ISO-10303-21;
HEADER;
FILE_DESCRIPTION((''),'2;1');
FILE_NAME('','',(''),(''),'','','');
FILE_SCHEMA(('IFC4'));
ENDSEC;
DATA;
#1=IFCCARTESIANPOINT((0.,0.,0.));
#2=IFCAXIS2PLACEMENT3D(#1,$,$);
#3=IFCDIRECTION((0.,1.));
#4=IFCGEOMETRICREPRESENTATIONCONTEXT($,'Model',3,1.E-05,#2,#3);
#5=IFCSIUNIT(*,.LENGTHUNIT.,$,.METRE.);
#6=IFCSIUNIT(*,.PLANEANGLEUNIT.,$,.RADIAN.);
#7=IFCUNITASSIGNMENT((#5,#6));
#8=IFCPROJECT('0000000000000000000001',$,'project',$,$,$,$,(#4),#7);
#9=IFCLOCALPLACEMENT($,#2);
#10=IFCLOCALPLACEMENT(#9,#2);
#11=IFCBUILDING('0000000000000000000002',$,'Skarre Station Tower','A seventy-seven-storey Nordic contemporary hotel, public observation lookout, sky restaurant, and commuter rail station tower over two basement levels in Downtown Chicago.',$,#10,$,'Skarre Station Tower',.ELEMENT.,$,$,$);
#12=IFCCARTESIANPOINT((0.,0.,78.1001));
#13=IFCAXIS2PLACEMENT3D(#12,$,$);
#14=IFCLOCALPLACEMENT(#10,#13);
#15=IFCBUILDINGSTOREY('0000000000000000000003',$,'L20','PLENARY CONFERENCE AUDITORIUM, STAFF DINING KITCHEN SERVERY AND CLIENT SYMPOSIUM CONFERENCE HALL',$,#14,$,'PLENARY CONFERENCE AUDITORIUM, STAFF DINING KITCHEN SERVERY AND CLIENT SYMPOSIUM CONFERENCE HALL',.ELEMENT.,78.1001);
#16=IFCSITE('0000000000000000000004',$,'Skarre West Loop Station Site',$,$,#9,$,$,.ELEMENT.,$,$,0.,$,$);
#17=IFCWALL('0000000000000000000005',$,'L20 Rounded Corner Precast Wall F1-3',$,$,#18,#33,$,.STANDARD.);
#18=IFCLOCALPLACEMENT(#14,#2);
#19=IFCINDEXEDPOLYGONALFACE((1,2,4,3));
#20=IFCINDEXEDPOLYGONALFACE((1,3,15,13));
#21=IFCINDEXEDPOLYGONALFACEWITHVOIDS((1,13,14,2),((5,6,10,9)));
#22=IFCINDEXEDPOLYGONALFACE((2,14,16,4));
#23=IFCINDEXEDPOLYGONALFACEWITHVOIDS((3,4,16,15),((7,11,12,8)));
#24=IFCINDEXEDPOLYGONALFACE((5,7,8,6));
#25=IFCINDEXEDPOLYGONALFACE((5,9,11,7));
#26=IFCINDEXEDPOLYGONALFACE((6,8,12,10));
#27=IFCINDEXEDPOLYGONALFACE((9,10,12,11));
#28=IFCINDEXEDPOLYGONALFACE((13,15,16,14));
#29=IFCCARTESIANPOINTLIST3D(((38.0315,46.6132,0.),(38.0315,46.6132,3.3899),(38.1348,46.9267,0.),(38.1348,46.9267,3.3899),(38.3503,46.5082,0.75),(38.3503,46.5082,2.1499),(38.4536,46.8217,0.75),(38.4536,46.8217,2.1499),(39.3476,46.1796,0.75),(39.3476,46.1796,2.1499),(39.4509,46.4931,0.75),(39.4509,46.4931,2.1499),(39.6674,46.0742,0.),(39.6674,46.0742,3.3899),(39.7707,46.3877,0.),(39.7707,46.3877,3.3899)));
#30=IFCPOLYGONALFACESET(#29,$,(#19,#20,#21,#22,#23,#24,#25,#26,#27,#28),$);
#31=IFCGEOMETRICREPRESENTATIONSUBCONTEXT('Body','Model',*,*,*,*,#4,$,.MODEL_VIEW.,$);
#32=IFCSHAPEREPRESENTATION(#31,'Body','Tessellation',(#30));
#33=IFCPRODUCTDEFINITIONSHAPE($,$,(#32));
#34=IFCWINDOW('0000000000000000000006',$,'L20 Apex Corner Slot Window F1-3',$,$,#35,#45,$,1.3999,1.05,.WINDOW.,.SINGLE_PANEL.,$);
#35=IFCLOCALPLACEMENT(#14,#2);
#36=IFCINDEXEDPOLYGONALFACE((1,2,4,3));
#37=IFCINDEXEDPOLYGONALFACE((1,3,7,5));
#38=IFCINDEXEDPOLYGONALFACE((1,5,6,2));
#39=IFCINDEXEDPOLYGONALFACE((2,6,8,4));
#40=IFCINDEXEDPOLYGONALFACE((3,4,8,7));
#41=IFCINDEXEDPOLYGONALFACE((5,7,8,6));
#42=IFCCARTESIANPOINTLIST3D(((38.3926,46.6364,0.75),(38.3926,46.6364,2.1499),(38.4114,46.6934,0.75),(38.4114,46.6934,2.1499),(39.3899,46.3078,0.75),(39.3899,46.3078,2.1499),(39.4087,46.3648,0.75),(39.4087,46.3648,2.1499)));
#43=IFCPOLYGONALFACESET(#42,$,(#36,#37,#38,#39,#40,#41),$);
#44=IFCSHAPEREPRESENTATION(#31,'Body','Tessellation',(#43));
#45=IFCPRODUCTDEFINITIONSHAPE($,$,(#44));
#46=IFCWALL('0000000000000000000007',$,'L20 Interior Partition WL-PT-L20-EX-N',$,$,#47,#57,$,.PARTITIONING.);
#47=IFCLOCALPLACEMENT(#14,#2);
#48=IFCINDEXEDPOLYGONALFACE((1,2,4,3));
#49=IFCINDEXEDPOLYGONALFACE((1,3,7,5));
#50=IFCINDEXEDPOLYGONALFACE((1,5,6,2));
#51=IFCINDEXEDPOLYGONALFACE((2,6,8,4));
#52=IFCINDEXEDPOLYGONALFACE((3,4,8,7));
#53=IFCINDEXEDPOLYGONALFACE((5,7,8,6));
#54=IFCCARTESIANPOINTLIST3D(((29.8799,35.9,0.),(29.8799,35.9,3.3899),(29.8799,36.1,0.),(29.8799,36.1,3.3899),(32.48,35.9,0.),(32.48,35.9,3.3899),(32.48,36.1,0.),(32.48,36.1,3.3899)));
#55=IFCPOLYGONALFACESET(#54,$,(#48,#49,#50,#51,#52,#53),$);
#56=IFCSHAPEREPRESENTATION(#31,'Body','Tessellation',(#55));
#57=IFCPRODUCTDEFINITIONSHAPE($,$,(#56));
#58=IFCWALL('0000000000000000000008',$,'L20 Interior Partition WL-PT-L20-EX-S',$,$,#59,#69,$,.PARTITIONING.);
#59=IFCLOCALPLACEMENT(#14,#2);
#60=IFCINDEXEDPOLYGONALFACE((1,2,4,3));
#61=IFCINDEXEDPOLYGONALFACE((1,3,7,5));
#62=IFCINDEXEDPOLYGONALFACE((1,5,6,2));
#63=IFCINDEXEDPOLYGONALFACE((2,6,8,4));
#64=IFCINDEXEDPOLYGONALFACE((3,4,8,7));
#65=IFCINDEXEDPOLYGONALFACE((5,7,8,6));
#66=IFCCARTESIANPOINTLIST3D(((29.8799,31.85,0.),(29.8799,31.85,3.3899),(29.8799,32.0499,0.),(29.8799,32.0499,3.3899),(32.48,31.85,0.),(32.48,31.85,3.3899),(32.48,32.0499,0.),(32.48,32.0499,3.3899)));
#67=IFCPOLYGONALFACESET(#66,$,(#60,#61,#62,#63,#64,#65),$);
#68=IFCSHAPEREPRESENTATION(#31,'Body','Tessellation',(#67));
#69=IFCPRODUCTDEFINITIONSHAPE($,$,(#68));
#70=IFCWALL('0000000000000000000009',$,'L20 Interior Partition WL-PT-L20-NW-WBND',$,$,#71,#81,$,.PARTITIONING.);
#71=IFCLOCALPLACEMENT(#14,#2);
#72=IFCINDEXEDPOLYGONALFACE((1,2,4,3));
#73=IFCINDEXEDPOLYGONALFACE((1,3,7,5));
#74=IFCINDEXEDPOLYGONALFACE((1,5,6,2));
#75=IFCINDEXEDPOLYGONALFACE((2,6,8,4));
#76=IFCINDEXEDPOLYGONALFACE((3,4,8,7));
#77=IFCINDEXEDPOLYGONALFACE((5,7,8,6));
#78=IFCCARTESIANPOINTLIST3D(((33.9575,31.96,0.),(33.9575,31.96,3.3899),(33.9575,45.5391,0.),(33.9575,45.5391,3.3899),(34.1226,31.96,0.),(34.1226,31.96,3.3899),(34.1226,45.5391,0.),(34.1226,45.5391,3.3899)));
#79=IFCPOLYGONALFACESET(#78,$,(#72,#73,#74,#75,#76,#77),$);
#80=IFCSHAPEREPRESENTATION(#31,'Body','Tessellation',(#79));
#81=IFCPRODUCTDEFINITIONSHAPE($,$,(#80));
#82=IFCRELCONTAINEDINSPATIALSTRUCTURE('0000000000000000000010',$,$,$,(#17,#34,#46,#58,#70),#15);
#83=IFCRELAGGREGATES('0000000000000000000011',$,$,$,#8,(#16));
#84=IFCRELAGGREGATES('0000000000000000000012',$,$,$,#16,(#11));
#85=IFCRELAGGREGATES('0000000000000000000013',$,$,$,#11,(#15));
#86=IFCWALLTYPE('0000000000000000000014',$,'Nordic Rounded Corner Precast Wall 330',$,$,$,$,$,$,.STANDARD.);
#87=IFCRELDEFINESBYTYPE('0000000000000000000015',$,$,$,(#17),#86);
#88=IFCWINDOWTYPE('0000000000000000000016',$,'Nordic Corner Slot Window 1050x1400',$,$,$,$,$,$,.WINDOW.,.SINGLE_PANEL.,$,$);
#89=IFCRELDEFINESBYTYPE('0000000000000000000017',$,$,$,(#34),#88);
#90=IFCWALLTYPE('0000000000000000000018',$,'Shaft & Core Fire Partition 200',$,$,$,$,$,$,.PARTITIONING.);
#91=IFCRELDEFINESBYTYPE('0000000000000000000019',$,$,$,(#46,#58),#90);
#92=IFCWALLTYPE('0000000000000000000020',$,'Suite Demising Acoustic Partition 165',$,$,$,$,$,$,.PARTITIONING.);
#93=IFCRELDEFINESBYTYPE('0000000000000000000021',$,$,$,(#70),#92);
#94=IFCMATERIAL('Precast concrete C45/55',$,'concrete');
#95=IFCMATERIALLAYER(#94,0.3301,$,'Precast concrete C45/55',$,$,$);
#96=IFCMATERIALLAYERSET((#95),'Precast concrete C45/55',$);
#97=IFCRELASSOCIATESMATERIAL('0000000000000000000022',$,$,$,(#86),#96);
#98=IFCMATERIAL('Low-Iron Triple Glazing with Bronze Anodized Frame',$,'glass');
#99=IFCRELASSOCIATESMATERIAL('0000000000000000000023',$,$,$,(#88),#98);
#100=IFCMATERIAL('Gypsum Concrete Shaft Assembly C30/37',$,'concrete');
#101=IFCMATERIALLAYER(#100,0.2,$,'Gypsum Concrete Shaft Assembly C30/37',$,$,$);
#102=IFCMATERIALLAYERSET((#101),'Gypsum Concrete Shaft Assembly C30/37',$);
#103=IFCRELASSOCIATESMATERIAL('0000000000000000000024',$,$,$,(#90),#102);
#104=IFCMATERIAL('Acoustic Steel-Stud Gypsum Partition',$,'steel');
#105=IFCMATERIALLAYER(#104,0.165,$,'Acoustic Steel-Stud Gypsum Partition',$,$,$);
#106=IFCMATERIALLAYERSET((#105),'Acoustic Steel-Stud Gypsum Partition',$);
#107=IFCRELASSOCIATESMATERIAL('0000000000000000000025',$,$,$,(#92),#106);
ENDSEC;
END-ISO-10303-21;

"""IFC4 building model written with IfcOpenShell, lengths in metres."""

from ifc_helpers import new_model, si_unit, direction, frame, frame_2d, origin, place, context, subcontext, project, spatial, rectangle, extrude, material, layer, layer_set, type_object, element, fill, save


model = new_model("IFC4")

# Units and contexts
model_context = context("Model", 3, precision=1e-05, world=origin(), true_north=direction((0.0, 1.0)))
body_context = subcontext(model_context, "Body", "Model", "MODEL_VIEW")
ifc_project = project(units=[si_unit("LENGTHUNIT", "METRE"), si_unit("PLANEANGLEUNIT", "RADIAN")], contexts=[model_context])

# Site, building, storey
site_placement = place(None, origin())
site = spatial("IfcSite", under=ifc_project, at=site_placement, Name="Skarre West Loop Station Site", CompositionType="ELEMENT", RefElevation=0.0)
building_placement = place(site_placement, origin())
building = spatial("IfcBuilding", under=site, at=building_placement, Name="Skarre Station Tower", Description="A seventy-seven-storey Nordic contemporary hotel, public observation lookout, sky restaurant, and commuter rail station tower over two basement levels in Downtown Chicago.", LongName="Skarre Station Tower", CompositionType="ELEMENT")
storey_placement = place(building_placement, frame((0.0, 0.0, 78.1001)))
storey = spatial("IfcBuildingStorey", under=building, at=storey_placement, Name="L20", Description="PLENARY CONFERENCE AUDITORIUM, STAFF DINING KITCHEN SERVERY AND CLIENT SYMPOSIUM CONFERENCE HALL", LongName="PLENARY CONFERENCE AUDITORIUM, STAFF DINING KITCHEN SERVERY AND CLIENT SYMPOSIUM CONFERENCE HALL", CompositionType="ELEMENT", Elevation=78.1001)

# Shared definitions
ifc_material_1 = material(Name="Acoustic Steel-Stud Gypsum Partition", Category="steel")

# Shared definitions
ifc_material_2 = material(Name="Precast concrete C45/55", Category="concrete")
ifc_material_3 = material(Name="Low-Iron Triple Glazing with Bronze Anodized Frame", Category="glass")

# Shared definitions
ifc_layer_1 = layer(ifc_material_2, 0.3301, Name="Precast concrete C45/55")
ifc_layer_set_1 = layer_set([ifc_layer_1], Name="Precast concrete C45/55")
wall_type_1 = type_object("IfcWallType", Name="Nordic Rounded Corner Precast Wall 330", PredefinedType="STANDARD", material=ifc_layer_set_1)

# Wall, opening, window
window_type_1 = type_object("IfcWindowType", Name="Nordic Corner Slot Window 1050x1400", PartitioningType="SINGLE_PANEL", PredefinedType="WINDOW", material=ifc_material_3)
wall_1_placement = place(storey_placement, frame((38.083, 46.77, 0.0), z_axis=(0.0, 0.0, 1.0), x_axis=(0.949769, -0.312952, 0.0)))
wall_1 = element("IfcWall", 1, at=wall_1_placement, inside=storey, type_object=wall_type_1, Name="L20 Rounded Corner Precast Wall F1-3", PredefinedType="STANDARD", context=body_context, shape_type="SweptSolid", body=[
    extrude(rectangle(XDim=1.7224, YDim=0.3301, at=frame_2d((0.8613, 0.0))), origin(), (0.0, 0.0, 1.0), 3.3899),
])
opening_1_placement = place(wall_1_placement, frame((0.3359, 0.0, 0.75)))
opening_1 = element("IfcOpeningElement", 2, at=opening_1_placement, cuts=wall_1, PredefinedType="OPENING", context=body_context, shape_type="SweptSolid", body=[
    extrude(rectangle(XDim=1.05, YDim=1.3999, at=frame_2d((0.5249, 0.7))), frame((0.0, 0.175, 0.0), z_axis=(0.0, -1.0, 0.0), x_axis=(1.0, 0.0, 0.0)), (0.0, 0.0, 1.0), 0.3501),
])
window_1_placement = place(opening_1_placement, origin())
window_1 = element("IfcWindow", 3, at=window_1_placement, inside=storey, type_object=window_type_1, Name="L20 Apex Corner Slot Window F1-3", OverallHeight=1.3999, OverallWidth=1.05, PartitioningType="SINGLE_PANEL", PredefinedType="WINDOW", context=body_context, shape_type="SweptSolid", body=[
    extrude(rectangle(XDim=1.05, YDim=1.3999, at=frame_2d((0.5249, 0.7))), frame((0.0, 0.03, 0.0), z_axis=(0.0, -1.0, 0.0), x_axis=(1.0, 0.0, 0.0)), (0.0, 0.0, 1.0), 0.0601),
])
fill(opening_1, window_1)

# Walls
ifc_material_4 = material(Name="Gypsum Concrete Shaft Assembly C30/37", Category="concrete")
ifc_layer_2 = layer(ifc_material_4, 0.2, Name="Gypsum Concrete Shaft Assembly C30/37")
ifc_layer_set_2 = layer_set([ifc_layer_2], Name="Gypsum Concrete Shaft Assembly C30/37")
wall_type_2 = type_object("IfcWallType", Name="Shaft & Core Fire Partition 200", PredefinedType="PARTITIONING", material=ifc_layer_set_2)
for number, where, z_axis, x_axis, name in (
    (4, (29.8799, 36.0, 0.0), (0.0, 0.0, 1.0), (1.0, 0.0, 0.0), "L20 Interior Partition WL-PT-L20-EX-N"),
    (5, (32.48, 31.95, 0.0), (0.0, 0.0, 1.0), (-1.0, 0.0, 0.0), "L20 Interior Partition WL-PT-L20-EX-S"),
):
    element("IfcWall", number, at=place(storey_placement, frame(where, z_axis=z_axis, x_axis=x_axis)), inside=storey, type_object=wall_type_2, Name=name, PredefinedType="PARTITIONING", context=body_context, shape_type="SweptSolid", body=[
        extrude(rectangle(XDim=2.6001, YDim=0.2, at=frame_2d((1.3, 0.0))), origin(), (0.0, 0.0, 1.0), 3.3899),
    ])
ifc_layer_3 = layer(ifc_material_1, 0.165, Name="Acoustic Steel-Stud Gypsum Partition")
ifc_layer_set_3 = layer_set([ifc_layer_3], Name="Acoustic Steel-Stud Gypsum Partition")
wall_type_3 = type_object("IfcWallType", Name="Suite Demising Acoustic Partition 165", PredefinedType="PARTITIONING", material=ifc_layer_set_3)
wall_2_placement = place(storey_placement, frame((34.04, 31.96, 0.0), z_axis=(0.0, 0.0, 1.0), x_axis=(0.0, 1.0, 0.0)))
element("IfcWall", 6, at=wall_2_placement, inside=storey, type_object=wall_type_3, Name="L20 Interior Partition WL-PT-L20-NW-WBND", PredefinedType="PARTITIONING", context=body_context, shape_type="SweptSolid", body=[
    extrude(rectangle(XDim=13.5791, YDim=0.165, at=frame_2d((6.7896, 0.0))), origin(), (0.0, 0.0, 1.0), 3.3899),
])

save(model, "model.ifc")
